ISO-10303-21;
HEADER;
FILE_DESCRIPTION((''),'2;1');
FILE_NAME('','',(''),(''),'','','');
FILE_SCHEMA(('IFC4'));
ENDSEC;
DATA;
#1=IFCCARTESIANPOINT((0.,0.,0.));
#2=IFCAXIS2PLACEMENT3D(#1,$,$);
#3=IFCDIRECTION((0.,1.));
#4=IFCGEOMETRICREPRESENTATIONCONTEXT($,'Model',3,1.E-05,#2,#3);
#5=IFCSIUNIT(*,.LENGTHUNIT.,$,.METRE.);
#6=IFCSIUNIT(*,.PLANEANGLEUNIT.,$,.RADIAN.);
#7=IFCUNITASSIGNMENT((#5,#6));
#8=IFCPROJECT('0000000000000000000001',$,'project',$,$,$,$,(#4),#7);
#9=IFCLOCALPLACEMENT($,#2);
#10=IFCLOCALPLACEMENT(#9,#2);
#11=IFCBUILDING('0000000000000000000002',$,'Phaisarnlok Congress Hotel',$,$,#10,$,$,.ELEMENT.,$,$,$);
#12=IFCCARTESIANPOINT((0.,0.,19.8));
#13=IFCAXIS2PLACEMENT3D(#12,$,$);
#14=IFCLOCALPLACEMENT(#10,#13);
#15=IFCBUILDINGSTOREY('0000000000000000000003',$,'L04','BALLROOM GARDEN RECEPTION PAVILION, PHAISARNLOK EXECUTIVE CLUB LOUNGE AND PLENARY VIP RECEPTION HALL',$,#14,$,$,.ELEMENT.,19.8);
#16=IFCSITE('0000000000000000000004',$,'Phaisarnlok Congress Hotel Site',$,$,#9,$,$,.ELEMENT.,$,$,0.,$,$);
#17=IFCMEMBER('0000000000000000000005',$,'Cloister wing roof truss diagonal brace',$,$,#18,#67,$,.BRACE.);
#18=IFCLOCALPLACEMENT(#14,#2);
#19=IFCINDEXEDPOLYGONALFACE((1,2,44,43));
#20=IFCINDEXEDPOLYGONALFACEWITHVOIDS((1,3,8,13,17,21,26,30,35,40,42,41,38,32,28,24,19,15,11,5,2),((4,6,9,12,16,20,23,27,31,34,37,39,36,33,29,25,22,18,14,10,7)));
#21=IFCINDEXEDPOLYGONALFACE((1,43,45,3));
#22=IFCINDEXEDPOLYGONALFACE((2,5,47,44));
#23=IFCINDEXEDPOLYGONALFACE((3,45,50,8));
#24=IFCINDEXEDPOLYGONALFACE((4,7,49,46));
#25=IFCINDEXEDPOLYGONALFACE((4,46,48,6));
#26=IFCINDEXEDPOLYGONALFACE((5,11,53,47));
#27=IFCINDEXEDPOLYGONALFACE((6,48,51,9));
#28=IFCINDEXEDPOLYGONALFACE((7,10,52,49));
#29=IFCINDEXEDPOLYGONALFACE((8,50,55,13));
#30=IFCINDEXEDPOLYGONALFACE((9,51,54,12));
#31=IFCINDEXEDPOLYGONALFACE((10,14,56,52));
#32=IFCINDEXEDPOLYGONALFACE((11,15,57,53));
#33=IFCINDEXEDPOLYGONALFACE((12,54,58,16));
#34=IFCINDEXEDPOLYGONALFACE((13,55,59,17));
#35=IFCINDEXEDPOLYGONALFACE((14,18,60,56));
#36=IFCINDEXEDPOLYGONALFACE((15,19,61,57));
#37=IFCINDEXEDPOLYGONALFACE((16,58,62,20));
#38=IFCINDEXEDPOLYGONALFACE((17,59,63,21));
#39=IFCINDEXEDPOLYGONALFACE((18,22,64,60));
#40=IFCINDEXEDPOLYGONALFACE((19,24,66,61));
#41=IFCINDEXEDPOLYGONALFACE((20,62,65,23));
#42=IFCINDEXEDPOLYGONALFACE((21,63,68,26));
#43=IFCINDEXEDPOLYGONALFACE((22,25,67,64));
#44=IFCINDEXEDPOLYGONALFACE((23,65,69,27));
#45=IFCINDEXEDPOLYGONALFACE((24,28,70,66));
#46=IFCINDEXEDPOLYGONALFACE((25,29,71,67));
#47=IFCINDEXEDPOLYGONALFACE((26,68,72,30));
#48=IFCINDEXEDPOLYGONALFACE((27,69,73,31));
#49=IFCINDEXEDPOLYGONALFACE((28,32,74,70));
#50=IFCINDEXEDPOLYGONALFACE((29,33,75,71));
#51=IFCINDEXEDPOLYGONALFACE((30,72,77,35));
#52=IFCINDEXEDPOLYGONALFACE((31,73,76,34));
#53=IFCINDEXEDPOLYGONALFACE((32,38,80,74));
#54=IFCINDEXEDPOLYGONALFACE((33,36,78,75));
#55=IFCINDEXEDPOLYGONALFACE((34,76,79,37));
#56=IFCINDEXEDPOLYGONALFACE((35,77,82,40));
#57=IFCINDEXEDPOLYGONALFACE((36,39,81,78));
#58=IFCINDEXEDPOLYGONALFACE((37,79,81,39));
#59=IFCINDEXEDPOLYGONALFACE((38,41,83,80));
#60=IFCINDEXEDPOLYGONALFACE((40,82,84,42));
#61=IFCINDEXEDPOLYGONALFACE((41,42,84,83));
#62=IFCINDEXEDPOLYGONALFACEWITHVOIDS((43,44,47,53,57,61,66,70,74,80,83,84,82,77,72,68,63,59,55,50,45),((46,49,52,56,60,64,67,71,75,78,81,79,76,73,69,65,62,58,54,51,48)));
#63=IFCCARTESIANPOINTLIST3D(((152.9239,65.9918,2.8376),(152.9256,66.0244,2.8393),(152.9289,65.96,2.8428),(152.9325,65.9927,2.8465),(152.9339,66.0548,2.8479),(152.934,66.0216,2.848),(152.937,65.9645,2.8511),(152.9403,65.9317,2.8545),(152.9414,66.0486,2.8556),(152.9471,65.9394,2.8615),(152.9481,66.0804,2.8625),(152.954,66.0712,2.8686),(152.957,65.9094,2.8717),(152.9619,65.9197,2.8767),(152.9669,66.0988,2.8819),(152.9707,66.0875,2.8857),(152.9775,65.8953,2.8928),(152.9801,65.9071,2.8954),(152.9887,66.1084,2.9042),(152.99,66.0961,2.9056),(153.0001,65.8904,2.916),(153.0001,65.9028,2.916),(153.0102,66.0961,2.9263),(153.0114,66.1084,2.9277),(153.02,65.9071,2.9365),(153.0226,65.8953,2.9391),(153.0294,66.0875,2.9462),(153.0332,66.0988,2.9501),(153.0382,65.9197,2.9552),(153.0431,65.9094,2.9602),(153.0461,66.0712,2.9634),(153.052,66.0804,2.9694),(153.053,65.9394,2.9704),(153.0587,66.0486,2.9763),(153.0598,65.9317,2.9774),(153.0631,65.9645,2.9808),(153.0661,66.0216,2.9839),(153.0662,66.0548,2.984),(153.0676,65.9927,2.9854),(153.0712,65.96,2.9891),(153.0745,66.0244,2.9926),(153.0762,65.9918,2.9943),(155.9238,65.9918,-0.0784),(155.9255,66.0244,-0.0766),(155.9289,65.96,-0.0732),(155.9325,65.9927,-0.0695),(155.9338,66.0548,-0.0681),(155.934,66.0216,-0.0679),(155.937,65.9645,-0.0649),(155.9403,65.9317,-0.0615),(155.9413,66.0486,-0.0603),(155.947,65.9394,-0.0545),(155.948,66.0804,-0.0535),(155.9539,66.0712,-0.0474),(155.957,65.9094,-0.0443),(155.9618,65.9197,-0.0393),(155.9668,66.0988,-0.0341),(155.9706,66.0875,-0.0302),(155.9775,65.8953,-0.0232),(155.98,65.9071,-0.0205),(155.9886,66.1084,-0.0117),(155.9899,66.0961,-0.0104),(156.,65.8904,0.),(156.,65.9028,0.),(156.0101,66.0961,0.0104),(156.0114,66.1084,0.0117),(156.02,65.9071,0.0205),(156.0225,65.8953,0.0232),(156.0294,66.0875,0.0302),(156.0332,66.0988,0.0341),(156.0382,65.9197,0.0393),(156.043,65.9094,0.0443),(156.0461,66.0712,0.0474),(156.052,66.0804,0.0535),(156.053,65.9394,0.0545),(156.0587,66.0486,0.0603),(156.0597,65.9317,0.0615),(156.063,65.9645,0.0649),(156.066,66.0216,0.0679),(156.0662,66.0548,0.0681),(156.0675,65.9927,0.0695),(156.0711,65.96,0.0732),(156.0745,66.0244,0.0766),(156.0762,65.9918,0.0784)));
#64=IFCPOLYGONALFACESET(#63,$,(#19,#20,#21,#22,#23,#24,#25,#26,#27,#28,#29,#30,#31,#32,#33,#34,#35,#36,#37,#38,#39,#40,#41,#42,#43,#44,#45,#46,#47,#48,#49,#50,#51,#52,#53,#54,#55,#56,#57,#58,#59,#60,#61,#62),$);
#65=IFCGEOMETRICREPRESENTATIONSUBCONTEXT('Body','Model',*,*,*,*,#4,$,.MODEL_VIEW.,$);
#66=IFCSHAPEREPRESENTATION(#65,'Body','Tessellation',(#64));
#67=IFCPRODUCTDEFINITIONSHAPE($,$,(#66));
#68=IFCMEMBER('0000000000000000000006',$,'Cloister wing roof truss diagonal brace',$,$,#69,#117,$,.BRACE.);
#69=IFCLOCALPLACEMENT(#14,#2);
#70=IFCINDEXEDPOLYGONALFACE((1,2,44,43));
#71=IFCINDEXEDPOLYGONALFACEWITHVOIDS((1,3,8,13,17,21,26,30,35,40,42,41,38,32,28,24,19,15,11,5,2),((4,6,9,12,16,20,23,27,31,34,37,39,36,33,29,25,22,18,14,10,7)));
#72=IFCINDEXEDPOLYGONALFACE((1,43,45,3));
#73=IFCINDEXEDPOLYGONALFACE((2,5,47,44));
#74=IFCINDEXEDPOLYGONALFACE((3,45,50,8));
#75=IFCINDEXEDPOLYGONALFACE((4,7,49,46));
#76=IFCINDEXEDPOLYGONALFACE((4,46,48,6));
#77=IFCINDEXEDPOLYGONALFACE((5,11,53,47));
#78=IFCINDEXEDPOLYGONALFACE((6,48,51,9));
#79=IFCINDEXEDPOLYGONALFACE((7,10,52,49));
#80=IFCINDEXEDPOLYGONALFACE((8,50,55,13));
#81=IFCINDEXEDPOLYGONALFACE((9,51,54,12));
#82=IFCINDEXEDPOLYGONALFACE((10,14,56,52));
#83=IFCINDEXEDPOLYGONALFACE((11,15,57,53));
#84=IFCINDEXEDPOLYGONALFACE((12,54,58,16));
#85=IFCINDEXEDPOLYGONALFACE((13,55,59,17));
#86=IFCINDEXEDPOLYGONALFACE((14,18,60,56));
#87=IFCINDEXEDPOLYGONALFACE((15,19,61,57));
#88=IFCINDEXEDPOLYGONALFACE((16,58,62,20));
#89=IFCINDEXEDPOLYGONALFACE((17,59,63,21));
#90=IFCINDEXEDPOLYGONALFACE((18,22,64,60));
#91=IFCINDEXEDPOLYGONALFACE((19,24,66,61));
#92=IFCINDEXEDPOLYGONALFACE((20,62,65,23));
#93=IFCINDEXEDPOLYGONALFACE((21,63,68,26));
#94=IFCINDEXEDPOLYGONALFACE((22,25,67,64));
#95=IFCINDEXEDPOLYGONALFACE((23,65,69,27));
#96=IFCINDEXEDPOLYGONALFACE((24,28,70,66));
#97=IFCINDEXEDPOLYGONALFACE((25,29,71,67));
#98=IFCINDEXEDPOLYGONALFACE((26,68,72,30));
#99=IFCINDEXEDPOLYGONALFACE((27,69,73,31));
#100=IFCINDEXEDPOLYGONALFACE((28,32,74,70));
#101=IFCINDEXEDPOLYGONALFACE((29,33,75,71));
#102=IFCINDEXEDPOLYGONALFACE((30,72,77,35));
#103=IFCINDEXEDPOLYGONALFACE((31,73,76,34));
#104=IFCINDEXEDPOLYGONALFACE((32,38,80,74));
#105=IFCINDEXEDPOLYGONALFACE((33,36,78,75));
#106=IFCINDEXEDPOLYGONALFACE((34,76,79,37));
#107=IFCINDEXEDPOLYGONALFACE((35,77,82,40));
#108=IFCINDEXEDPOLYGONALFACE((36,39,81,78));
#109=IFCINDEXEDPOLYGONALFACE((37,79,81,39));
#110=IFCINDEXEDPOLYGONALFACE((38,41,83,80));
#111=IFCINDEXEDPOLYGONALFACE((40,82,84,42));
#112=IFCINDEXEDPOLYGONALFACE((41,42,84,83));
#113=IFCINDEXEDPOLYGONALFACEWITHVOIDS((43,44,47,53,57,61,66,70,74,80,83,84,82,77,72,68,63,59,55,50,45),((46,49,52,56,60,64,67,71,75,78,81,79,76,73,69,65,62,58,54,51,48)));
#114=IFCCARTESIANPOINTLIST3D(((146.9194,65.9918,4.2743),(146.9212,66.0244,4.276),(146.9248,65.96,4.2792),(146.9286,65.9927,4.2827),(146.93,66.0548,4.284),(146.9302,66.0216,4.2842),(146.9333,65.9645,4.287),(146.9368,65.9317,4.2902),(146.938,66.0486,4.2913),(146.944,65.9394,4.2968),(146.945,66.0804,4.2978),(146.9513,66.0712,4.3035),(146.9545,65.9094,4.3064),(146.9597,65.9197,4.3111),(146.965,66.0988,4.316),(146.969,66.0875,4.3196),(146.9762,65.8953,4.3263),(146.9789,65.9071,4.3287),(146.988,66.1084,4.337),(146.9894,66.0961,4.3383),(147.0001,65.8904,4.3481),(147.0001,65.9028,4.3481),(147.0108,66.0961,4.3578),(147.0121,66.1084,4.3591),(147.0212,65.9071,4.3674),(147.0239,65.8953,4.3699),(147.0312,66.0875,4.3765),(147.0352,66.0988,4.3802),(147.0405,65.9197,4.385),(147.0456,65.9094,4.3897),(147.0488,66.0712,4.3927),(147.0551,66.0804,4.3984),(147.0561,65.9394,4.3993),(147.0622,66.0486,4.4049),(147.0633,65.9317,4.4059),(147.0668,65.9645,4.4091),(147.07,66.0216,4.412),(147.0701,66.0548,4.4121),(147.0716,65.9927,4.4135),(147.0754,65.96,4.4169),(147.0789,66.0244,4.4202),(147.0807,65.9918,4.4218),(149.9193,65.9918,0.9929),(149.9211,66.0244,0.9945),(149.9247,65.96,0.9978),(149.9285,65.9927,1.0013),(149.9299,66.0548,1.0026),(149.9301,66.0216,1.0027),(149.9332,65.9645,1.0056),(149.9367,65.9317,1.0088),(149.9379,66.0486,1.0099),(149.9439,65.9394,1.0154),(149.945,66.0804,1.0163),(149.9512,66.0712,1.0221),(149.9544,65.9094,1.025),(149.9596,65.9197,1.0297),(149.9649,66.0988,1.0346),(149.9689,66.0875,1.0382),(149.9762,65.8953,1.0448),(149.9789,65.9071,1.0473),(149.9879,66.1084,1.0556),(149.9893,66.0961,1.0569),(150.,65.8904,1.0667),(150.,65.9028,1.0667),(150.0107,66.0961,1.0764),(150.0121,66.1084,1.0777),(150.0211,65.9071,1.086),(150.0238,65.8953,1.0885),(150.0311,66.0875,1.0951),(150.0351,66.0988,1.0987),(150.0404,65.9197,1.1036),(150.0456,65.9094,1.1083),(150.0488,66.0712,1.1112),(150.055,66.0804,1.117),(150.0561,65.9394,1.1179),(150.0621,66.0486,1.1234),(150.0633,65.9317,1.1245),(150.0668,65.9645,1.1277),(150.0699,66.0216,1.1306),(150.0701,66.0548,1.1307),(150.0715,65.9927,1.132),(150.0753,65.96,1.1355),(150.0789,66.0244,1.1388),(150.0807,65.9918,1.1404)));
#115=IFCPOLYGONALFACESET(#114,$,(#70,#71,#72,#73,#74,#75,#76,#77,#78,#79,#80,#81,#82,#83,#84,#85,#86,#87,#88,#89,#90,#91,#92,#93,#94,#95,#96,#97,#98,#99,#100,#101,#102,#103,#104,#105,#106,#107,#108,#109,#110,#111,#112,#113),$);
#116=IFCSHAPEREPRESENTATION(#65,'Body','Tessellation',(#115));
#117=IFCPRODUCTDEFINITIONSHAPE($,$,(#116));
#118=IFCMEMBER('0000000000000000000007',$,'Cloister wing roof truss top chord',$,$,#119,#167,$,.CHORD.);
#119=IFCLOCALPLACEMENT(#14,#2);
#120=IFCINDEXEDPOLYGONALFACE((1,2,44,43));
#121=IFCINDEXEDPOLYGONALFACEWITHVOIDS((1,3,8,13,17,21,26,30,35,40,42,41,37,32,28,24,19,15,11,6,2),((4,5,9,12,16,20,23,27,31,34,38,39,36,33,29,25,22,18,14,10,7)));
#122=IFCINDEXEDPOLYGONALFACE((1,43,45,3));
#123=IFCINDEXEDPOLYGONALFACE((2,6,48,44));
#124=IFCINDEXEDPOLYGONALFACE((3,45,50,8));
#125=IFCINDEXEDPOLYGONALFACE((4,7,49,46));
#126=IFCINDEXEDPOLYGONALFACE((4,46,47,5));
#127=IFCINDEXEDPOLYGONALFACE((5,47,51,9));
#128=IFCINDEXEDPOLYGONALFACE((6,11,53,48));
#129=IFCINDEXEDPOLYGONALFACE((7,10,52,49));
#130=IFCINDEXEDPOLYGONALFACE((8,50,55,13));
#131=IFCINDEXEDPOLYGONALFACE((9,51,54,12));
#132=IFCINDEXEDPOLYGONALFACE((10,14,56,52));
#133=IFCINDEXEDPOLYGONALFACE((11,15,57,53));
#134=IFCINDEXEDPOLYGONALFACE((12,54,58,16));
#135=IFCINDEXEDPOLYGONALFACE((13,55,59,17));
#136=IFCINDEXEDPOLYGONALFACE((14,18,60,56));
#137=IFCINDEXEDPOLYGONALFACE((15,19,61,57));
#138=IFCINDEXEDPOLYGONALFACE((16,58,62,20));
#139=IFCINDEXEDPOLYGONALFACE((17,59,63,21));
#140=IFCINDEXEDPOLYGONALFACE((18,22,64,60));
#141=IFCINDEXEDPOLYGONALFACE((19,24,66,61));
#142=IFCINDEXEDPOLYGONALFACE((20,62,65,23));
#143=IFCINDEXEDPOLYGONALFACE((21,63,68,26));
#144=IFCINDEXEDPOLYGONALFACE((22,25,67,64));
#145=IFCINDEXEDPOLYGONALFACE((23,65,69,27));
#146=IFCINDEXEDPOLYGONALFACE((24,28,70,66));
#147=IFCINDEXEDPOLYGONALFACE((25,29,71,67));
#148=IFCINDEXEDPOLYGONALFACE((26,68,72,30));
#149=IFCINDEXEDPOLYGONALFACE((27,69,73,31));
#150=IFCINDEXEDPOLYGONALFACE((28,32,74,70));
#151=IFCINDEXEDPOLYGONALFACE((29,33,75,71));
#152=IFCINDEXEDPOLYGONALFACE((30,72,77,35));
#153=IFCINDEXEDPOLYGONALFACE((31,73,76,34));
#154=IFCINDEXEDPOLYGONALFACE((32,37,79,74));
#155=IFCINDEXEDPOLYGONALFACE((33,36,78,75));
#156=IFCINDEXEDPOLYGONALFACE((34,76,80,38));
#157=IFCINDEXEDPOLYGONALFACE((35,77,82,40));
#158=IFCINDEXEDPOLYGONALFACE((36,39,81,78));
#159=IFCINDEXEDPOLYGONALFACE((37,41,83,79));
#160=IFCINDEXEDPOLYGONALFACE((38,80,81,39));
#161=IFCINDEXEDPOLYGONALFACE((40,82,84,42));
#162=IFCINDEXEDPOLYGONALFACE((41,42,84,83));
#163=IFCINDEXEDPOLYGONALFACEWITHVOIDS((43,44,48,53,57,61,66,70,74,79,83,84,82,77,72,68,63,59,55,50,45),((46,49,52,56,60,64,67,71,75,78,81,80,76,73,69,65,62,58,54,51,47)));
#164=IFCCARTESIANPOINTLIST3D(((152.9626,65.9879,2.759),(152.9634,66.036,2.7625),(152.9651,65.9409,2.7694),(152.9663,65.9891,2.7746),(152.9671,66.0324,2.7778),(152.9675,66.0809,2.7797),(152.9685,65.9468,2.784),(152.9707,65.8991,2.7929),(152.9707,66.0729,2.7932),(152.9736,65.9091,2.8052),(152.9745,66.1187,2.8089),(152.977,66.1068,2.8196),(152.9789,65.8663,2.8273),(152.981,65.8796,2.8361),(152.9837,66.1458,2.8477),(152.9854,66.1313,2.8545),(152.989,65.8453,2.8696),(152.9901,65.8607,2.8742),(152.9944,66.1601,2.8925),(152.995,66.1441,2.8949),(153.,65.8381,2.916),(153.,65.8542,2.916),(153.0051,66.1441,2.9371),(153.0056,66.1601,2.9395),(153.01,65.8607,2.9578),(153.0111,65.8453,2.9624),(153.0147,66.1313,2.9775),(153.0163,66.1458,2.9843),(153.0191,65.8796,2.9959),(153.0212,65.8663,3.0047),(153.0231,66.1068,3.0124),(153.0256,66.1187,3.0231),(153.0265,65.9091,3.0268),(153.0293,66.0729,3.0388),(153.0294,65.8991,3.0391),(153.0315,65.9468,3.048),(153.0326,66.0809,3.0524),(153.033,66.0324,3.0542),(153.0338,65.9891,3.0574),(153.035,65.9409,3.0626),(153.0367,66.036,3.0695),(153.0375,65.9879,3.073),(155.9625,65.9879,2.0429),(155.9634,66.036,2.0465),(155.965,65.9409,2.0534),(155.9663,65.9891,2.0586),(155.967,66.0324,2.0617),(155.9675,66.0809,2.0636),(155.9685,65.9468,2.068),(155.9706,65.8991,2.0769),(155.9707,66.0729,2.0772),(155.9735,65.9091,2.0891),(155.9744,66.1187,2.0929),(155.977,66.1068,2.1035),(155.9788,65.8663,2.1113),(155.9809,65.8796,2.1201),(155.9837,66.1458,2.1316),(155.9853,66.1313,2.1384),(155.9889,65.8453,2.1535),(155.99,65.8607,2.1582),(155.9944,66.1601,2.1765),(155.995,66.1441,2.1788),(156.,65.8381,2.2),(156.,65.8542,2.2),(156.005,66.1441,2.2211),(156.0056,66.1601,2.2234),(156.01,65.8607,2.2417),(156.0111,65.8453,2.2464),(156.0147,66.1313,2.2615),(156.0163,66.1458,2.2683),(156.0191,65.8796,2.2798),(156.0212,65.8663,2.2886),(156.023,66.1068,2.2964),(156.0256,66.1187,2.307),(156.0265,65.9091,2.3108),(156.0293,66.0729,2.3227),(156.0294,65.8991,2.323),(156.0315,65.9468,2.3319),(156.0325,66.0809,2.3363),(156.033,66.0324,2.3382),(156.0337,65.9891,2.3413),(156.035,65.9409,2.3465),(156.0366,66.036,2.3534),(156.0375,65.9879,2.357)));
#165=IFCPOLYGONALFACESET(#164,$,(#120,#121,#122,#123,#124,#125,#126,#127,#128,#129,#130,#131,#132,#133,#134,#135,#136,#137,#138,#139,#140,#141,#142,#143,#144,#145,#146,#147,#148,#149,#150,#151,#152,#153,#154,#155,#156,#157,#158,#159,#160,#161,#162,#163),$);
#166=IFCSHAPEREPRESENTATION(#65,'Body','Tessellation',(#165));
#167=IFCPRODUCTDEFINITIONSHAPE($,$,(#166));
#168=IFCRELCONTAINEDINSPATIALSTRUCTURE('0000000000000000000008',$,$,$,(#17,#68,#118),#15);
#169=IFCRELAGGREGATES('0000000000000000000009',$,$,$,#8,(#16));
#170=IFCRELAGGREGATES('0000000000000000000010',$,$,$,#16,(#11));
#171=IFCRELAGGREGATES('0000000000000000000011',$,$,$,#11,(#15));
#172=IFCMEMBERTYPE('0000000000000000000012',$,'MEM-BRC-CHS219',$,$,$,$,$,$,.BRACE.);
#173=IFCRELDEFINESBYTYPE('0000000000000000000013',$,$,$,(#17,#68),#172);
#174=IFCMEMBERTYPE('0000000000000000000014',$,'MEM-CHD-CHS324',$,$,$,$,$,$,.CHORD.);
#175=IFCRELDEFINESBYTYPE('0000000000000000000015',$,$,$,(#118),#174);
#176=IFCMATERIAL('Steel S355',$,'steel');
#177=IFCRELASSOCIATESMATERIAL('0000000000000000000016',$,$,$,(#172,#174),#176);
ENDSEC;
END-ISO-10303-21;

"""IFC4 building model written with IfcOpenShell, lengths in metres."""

from ifc_helpers import new_model, si_unit, direction, frame, origin, origin_2d, place, context, subcontext, project, spatial, hollow_circle, extrude, material, material_profile, profile_set, type_object, element, save


model = new_model("IFC4")

# Units and contexts
model_context = context("Model", 3, precision=1e-05, world=origin(), true_north=direction((0.0, 1.0)))
body_context = subcontext(model_context, "Body", "Model", "MODEL_VIEW")
ifc_project = project(units=[si_unit("LENGTHUNIT", "METRE"), si_unit("PLANEANGLEUNIT", "RADIAN")], contexts=[model_context])

# Site, building, storey
site_placement = place(None, origin())
site = spatial("IfcSite", under=ifc_project, at=site_placement, Name="Phaisarnlok Congress Hotel Site", CompositionType="ELEMENT", RefElevation=0.0)
building_placement = place(site_placement, origin())
building = spatial("IfcBuilding", under=site, at=building_placement, Name="Phaisarnlok Congress Hotel", CompositionType="ELEMENT")
storey_placement = place(building_placement, frame((0.0, 0.0, 19.8)))
storey = spatial("IfcBuildingStorey", under=building, at=storey_placement, Name="L04", Description="BALLROOM GARDEN RECEPTION PAVILION, PHAISARNLOK EXECUTIVE CLUB LOUNGE AND PLENARY VIP RECEPTION HALL", CompositionType="ELEMENT", Elevation=19.8)

# Shared definitions
ifc_material_1 = material(Name="Steel S355", Category="steel")

# Members
ifc_material_profile_1 = material_profile(ifc_material_1, hollow_circle(Radius=0.1096, WallThickness=0.0125, at=origin_2d()), Name="CHS 219.1x12.5")
ifc_profile_set_1 = profile_set([ifc_material_profile_1], Name="Steel S355")
member_type_1 = type_object("IfcMemberType", Name="MEM-BRC-CHS219", PredefinedType="BRACE", material=ifc_profile_set_1)
member_1_placement = place(storey_placement, frame((156.0, 66.0, 0.0), z_axis=(-0.717073, 0.0, 0.696998), x_axis=(0.0, -1.0, 0.0)))
element("IfcMember", 1, at=member_1_placement, inside=storey, type_object=member_type_1, Name="Cloister wing roof truss diagonal brace", PredefinedType="BRACE", context=body_context, shape_type="SweptSolid", body=[
    extrude(hollow_circle(Radius=0.1096, WallThickness=0.0125, at=origin_2d()), origin(), (0.0, 0.0, 1.0), 4.1836),
])
member_2_placement = place(storey_placement, frame((150.0, 66.0, 1.0667), z_axis=(-0.674742, 0.0, 0.738054), x_axis=(0.0, -1.0, 0.0)))
element("IfcMember", 2, at=member_2_placement, inside=storey, type_object=member_type_1, Name="Cloister wing roof truss diagonal brace", PredefinedType="BRACE", context=body_context, shape_type="SweptSolid", body=[
    extrude(hollow_circle(Radius=0.1096, WallThickness=0.0125, at=origin_2d()), origin(), (0.0, 0.0, 1.0), 4.446),
])
ifc_material_profile_2 = material_profile(ifc_material_1, hollow_circle(Radius=0.1619, WallThickness=0.0161, at=origin_2d()), Name="CHS 323.9x16")
ifc_profile_set_2 = profile_set([ifc_material_profile_2], Name="Steel S355")
member_type_2 = type_object("IfcMemberType", Name="MEM-CHD-CHS324", PredefinedType="CHORD", material=ifc_profile_set_2)
for number, where, z_axis, x_axis, name in (
    (3, (156.0, 66.0, 2.2), (-0.972676, 0.0, 0.232166), (0.0, -1.0, 0.0), "Cloister wing roof truss top chord"),
):
    element("IfcMember", number, at=place(storey_placement, frame(where, z_axis=z_axis, x_axis=x_axis)), inside=storey, type_object=member_type_2, Name=name, PredefinedType="CHORD", context=body_context, shape_type="SweptSolid", body=[
        extrude(hollow_circle(Radius=0.1619, WallThickness=0.0161, at=origin_2d()), origin(), (0.0, 0.0, 1.0), 3.0842),
    ])

save(model, "model.ifc")
